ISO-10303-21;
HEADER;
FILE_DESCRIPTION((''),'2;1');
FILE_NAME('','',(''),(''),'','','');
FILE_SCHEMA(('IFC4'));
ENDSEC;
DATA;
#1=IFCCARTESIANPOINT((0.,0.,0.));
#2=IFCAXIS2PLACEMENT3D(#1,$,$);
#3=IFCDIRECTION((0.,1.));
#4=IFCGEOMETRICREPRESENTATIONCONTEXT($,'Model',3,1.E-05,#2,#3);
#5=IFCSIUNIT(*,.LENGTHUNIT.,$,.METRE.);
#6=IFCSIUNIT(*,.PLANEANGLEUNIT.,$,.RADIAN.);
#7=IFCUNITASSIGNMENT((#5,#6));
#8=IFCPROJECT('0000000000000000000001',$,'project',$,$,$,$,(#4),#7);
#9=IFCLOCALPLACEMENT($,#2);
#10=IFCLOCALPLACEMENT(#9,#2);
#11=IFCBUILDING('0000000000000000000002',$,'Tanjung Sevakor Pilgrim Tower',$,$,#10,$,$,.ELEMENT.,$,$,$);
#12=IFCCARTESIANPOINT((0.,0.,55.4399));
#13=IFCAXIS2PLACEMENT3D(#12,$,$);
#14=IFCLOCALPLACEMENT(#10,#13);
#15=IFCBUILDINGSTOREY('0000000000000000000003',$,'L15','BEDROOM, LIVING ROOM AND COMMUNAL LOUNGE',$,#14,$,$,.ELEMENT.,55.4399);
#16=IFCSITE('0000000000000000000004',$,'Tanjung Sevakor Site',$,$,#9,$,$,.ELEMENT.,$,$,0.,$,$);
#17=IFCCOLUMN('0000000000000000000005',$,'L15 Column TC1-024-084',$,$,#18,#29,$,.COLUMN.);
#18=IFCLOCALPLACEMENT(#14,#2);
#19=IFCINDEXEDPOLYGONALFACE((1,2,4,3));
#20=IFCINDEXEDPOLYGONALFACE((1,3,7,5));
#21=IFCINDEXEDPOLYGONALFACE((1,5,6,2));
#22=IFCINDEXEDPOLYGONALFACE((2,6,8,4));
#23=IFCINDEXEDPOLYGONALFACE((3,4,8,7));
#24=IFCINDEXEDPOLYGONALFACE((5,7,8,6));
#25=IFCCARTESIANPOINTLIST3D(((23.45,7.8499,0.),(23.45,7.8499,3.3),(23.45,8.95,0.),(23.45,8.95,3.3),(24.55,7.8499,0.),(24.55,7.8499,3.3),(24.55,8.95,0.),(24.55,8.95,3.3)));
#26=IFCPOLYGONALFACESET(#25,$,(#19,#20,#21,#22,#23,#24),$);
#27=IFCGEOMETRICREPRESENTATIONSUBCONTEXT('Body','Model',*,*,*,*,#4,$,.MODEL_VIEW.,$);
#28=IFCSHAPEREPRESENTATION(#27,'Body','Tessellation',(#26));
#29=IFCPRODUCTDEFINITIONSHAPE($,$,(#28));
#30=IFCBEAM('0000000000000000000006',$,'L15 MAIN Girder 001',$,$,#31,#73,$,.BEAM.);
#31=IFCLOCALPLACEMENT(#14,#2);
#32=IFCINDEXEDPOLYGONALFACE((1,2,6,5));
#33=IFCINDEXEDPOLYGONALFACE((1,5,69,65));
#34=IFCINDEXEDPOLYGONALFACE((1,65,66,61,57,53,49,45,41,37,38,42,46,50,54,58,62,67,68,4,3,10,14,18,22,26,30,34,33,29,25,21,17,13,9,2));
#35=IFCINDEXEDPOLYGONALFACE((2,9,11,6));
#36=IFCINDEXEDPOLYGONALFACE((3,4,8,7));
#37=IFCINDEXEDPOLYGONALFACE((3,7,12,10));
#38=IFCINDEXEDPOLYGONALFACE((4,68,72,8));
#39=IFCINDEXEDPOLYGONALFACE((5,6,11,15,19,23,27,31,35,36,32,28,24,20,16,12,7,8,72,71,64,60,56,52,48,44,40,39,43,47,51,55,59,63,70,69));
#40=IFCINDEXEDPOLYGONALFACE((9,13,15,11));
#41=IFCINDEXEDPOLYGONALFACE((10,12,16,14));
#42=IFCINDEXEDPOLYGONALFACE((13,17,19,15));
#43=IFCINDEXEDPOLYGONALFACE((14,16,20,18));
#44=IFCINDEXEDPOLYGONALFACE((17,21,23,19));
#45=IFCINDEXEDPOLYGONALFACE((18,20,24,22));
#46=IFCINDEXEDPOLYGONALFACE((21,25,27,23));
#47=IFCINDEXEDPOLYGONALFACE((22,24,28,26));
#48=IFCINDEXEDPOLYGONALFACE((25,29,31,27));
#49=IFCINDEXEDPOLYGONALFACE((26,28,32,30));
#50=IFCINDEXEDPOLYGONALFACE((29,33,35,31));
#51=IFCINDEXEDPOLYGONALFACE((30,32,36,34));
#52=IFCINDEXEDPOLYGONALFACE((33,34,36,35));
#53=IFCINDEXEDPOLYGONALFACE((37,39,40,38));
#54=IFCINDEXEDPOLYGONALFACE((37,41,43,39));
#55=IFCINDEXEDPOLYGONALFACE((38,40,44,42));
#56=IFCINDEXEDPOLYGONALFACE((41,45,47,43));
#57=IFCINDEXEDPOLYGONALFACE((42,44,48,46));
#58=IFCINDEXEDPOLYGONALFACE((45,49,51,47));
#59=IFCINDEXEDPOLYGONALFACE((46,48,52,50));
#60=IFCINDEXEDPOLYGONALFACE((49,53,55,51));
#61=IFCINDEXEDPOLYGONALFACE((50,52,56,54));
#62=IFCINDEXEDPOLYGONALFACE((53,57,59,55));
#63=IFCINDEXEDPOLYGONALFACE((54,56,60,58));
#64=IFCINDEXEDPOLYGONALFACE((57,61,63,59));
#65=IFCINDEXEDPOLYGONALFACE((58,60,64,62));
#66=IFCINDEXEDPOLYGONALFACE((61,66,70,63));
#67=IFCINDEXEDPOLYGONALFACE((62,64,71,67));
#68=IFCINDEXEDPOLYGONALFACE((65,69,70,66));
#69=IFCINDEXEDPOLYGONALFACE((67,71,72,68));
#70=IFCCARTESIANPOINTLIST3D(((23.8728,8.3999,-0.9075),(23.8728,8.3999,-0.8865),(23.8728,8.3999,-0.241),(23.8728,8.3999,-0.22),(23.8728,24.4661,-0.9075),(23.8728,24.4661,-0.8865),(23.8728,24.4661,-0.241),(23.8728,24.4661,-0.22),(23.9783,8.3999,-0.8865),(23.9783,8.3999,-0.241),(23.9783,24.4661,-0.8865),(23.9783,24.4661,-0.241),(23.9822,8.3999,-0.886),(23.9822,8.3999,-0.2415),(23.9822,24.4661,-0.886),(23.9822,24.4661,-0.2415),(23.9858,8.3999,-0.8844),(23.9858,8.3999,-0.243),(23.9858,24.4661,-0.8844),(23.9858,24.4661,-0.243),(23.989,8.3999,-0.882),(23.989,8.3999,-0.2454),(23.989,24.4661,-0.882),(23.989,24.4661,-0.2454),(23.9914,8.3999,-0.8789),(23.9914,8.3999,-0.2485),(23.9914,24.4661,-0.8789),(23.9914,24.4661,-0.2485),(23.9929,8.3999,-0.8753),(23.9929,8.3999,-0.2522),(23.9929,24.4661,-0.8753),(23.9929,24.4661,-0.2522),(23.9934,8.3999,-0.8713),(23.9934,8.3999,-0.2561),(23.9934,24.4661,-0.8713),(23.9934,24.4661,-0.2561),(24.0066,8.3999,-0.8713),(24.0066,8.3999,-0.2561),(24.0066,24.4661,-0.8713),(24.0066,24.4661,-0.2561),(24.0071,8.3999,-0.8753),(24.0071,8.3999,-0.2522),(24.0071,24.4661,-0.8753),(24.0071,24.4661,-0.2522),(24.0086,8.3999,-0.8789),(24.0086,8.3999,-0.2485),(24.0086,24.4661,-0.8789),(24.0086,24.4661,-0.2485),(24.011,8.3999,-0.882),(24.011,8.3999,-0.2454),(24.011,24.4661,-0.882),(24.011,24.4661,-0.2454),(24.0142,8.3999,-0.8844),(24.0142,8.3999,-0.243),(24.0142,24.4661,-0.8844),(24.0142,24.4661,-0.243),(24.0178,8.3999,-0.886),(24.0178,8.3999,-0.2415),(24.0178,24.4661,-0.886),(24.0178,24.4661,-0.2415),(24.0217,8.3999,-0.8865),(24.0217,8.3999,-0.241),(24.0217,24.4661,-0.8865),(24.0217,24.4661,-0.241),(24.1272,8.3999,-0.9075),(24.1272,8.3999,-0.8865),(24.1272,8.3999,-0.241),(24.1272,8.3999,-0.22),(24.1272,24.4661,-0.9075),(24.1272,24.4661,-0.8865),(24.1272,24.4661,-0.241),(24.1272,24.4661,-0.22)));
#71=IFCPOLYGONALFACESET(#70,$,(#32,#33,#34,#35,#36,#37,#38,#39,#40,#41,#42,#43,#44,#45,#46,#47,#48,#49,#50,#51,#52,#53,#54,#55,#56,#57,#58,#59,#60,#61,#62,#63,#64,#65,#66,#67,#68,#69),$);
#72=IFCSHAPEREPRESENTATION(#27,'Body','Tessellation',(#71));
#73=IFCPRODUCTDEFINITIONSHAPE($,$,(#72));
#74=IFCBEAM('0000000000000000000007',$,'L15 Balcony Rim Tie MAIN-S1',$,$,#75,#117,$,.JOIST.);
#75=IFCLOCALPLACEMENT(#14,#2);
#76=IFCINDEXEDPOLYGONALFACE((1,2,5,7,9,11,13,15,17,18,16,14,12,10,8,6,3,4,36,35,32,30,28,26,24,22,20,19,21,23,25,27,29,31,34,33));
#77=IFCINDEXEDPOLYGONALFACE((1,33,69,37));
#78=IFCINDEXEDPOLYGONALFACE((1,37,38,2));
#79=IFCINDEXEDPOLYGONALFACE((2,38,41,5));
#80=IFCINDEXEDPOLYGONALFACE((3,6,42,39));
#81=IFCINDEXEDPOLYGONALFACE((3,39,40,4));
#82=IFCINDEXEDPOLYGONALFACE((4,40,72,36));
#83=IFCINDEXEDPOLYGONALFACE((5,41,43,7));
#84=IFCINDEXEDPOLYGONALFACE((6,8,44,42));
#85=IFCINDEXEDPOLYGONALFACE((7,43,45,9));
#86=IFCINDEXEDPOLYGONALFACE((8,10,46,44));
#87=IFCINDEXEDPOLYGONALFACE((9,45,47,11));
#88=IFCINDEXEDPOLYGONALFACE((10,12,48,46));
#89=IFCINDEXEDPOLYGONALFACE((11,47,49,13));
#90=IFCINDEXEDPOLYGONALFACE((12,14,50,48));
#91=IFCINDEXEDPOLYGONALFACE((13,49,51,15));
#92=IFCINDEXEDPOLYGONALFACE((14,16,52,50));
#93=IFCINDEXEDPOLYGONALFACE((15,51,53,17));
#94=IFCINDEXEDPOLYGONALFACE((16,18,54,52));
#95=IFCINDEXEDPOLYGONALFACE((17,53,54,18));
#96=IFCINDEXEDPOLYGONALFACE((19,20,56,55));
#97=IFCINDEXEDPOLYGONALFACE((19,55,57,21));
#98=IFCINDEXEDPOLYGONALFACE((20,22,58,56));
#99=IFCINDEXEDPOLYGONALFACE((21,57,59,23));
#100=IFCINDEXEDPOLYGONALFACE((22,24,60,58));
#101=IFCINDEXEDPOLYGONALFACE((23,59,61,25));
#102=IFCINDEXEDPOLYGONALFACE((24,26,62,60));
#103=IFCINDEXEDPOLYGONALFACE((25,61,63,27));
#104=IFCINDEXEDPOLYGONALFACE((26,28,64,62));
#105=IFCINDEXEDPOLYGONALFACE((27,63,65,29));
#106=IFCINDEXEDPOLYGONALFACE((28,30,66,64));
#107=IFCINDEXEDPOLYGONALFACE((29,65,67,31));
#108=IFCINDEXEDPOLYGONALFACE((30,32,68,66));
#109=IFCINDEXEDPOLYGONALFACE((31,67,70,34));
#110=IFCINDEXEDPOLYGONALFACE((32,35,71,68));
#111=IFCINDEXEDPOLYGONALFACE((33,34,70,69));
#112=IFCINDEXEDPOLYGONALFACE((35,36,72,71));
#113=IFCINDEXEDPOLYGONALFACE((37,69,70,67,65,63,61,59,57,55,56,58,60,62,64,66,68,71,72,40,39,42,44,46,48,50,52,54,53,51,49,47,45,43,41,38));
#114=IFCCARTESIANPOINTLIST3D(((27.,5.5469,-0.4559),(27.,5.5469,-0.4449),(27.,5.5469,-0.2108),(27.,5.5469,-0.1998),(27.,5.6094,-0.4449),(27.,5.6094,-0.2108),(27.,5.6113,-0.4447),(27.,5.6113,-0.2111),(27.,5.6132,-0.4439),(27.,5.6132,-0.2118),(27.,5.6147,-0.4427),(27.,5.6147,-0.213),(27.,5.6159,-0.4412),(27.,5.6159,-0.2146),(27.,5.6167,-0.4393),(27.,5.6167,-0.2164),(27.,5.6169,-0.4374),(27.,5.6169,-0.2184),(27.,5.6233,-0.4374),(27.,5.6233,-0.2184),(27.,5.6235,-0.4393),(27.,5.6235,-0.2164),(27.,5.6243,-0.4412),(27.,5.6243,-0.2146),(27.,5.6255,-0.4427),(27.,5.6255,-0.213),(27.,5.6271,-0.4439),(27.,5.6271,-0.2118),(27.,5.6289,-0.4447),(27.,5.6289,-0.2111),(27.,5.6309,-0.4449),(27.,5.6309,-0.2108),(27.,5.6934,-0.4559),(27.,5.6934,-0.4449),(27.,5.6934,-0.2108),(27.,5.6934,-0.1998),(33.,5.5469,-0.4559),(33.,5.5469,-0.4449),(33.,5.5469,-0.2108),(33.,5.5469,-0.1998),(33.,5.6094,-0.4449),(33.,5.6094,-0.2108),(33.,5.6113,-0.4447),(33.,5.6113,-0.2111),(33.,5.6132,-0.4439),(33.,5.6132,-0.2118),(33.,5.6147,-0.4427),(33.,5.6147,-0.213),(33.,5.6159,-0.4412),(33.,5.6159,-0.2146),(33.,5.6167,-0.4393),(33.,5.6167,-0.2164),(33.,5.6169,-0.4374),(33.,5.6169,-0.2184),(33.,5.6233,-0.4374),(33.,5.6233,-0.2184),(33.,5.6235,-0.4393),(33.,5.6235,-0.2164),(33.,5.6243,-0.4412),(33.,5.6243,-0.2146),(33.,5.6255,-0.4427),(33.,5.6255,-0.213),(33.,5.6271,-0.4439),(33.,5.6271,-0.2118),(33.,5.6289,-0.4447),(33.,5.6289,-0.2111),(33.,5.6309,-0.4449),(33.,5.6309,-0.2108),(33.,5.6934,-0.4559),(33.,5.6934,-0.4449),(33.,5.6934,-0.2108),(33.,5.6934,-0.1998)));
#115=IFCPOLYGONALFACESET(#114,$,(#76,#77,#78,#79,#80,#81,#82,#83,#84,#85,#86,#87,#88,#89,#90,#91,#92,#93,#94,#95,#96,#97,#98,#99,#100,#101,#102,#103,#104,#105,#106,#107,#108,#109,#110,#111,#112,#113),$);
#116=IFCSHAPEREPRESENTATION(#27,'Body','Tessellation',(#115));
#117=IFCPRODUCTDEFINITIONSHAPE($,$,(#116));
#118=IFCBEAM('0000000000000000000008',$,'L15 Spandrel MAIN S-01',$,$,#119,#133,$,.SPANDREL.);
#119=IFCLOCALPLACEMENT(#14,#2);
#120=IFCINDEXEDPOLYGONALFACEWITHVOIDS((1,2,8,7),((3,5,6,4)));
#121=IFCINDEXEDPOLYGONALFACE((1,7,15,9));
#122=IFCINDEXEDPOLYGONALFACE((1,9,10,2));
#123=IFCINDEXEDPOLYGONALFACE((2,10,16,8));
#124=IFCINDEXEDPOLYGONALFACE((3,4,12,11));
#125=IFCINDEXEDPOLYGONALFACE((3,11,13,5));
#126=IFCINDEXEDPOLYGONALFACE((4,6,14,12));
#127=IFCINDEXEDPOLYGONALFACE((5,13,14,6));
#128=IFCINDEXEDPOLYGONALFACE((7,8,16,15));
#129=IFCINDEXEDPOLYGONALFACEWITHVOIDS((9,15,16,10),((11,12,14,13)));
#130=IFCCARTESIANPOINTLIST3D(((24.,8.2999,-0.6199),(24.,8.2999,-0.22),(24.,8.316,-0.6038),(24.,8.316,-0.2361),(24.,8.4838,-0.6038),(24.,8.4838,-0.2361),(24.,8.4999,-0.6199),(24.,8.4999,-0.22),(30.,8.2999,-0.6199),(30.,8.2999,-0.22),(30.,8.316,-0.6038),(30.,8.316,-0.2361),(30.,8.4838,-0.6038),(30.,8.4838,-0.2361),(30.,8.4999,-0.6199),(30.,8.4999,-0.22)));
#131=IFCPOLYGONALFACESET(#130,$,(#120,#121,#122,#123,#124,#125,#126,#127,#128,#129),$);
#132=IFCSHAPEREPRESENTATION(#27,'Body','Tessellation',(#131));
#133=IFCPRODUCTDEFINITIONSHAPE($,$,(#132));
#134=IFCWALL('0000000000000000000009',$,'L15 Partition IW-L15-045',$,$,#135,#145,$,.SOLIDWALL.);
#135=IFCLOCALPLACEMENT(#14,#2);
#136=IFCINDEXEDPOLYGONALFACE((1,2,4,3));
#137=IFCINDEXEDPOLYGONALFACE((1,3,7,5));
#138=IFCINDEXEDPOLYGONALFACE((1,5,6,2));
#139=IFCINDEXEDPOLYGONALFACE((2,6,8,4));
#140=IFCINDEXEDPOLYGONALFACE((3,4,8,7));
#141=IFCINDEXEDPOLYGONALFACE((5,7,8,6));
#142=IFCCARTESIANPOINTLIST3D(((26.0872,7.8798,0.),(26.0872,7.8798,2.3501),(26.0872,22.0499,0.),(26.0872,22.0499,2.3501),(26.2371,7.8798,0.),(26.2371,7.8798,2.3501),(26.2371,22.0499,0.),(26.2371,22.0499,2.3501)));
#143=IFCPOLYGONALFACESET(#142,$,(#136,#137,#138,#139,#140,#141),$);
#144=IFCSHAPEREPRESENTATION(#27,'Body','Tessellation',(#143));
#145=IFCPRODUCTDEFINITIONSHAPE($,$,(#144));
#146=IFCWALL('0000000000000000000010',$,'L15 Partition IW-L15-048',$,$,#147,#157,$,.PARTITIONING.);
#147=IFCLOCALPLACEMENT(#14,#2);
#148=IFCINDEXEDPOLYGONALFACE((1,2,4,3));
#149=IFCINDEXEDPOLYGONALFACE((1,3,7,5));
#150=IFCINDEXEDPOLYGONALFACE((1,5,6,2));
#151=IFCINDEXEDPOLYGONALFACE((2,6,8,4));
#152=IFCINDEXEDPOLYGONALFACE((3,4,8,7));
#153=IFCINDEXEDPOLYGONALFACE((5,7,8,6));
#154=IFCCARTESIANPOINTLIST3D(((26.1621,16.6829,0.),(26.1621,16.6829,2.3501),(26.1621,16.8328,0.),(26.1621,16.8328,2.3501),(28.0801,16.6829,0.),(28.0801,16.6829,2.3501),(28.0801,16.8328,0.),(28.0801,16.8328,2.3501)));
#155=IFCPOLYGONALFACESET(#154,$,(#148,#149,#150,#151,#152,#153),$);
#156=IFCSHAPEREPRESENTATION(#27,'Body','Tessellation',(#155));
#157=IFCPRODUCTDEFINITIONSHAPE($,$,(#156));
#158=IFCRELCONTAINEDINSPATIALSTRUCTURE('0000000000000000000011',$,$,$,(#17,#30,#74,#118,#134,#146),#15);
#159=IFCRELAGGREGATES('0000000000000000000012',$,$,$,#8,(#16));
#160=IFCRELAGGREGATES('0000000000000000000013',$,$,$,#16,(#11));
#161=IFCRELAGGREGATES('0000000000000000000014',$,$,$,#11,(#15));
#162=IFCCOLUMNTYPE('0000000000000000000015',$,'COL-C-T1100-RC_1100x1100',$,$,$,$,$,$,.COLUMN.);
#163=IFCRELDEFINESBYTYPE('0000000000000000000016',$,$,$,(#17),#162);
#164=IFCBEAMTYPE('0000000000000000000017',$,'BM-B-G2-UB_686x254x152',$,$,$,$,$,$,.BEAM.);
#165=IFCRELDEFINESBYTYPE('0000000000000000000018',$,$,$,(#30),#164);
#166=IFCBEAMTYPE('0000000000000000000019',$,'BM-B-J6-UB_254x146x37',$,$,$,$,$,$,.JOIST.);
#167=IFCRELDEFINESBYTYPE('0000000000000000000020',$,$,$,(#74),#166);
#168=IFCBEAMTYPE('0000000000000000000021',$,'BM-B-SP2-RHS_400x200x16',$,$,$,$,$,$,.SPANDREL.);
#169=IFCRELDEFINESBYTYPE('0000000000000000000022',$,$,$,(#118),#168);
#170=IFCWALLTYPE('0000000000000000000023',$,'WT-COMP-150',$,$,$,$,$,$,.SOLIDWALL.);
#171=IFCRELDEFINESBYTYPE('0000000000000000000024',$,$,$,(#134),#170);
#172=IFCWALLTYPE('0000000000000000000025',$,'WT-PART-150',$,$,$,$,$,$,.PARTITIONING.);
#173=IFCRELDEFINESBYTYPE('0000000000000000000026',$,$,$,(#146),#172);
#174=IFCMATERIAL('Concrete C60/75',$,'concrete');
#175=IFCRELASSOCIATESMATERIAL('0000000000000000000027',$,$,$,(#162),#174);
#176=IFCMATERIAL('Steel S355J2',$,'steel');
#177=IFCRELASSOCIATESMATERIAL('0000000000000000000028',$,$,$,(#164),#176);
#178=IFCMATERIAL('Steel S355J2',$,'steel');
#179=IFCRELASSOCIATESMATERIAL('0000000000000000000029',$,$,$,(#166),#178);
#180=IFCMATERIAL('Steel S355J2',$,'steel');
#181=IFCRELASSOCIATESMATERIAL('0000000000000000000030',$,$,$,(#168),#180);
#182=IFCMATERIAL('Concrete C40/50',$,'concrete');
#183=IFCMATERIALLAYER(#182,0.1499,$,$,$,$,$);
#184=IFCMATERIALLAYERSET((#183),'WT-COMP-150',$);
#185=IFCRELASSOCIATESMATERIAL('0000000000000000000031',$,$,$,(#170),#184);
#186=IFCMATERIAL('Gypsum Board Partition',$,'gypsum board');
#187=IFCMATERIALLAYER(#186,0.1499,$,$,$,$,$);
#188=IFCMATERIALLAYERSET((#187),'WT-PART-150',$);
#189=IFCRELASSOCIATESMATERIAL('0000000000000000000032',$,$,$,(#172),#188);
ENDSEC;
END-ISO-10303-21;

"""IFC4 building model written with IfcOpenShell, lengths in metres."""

from ifc_helpers import new_model, si_unit, direction, frame, frame_2d, origin, origin_2d, place, context, subcontext, project, spatial, rectangle, hollow_rectangle, i_section, extrude, material, layer, layer_set, material_profile, profile_set, type_object, element, save


model = new_model("IFC4")

# Units and contexts
model_context = context("Model", 3, precision=1e-05, world=origin(), true_north=direction((0.0, 1.0)))
body_context = subcontext(model_context, "Body", "Model", "MODEL_VIEW")
ifc_project = project(units=[si_unit("LENGTHUNIT", "METRE"), si_unit("PLANEANGLEUNIT", "RADIAN")], contexts=[model_context])

# Site, building, storey
site_placement = place(None, origin())
site = spatial("IfcSite", under=ifc_project, at=site_placement, Name="Tanjung Sevakor Site", CompositionType="ELEMENT", RefElevation=0.0)
building_placement = place(site_placement, origin())
building = spatial("IfcBuilding", under=site, at=building_placement, Name="Tanjung Sevakor Pilgrim Tower", CompositionType="ELEMENT")
storey_placement = place(building_placement, frame((0.0, 0.0, 55.4399)))
storey = spatial("IfcBuildingStorey", under=building, at=storey_placement, Name="L15", Description="BEDROOM, LIVING ROOM AND COMMUNAL LOUNGE", CompositionType="ELEMENT", Elevation=55.4399)

# Column
ifc_material_1 = material(Name="Concrete C60/75", Category="concrete")
ifc_material_profile_1 = material_profile(ifc_material_1, rectangle(XDim=1.1001, YDim=1.1001, at=origin_2d()))
ifc_profile_set_1 = profile_set([ifc_material_profile_1], Name="Concrete C60/75")
column_type = type_object("IfcColumnType", Name="COL-C-T1100-RC_1100x1100", PredefinedType="COLUMN", material=ifc_profile_set_1)
column_placement = place(storey_placement, frame((24.0, 8.3999, 0.0), z_axis=(0.0, 0.0, 1.0), x_axis=(1.0, 0.0, 0.0)))
element("IfcColumn", 1, at=column_placement, inside=storey, type_object=column_type, Name="L15 Column TC1-024-084", PredefinedType="COLUMN", context=body_context, shape_type="SweptSolid", body=[
    extrude(rectangle(XDim=1.1001, YDim=1.1001, at=origin_2d()), origin(), (0.0, 0.0, 1.0), 3.3),
])

# Beams
ifc_material_2 = material(Name="Steel S355J2", Category="steel")
ifc_material_profile_2 = material_profile(ifc_material_2, i_section(OverallWidth=0.2544, OverallDepth=0.6875, WebThickness=0.0132, FlangeThickness=0.021, FilletRadius=0.0151, at=origin_2d()))
ifc_profile_set_2 = profile_set([ifc_material_profile_2], Name="Steel S355J2")
beam_type_1 = type_object("IfcBeamType", Name="BM-B-G2-UB_686x254x152", PredefinedType="BEAM", material=ifc_profile_set_2)
beam_1_placement = place(storey_placement, frame((24.0, 8.3999, -0.5637), z_axis=(0.0, 1.0, 0.0), x_axis=(-1.0, 0.0, 0.0)))
element("IfcBeam", 2, at=beam_1_placement, inside=storey, type_object=beam_type_1, Name="L15 MAIN Girder 001", PredefinedType="BEAM", context=body_context, shape_type="SweptSolid", body=[
    extrude(i_section(OverallWidth=0.2544, OverallDepth=0.6875, WebThickness=0.0132, FlangeThickness=0.021, FilletRadius=0.0151, at=origin_2d()), origin(), (0.0, 0.0, 1.0), 16.0662),
])
ifc_material_3 = material(Name="Steel S355J2", Category="steel")
ifc_material_profile_3 = material_profile(ifc_material_3, i_section(OverallWidth=0.1465, OverallDepth=0.2561, WebThickness=0.0063, FlangeThickness=0.011, FilletRadius=0.0076, at=origin_2d()))
ifc_profile_set_3 = profile_set([ifc_material_profile_3], Name="Steel S355J2")
beam_type_2 = type_object("IfcBeamType", Name="BM-B-J6-UB_254x146x37", PredefinedType="JOIST", material=ifc_profile_set_3)
beam_2_placement = place(storey_placement, frame((27.0, 5.6201, -0.3279), z_axis=(1.0, 0.0, 0.0), x_axis=(0.0, 1.0, 0.0)))
element("IfcBeam", 3, at=beam_2_placement, inside=storey, type_object=beam_type_2, Name="L15 Balcony Rim Tie MAIN-S1", PredefinedType="JOIST", context=body_context, shape_type="SweptSolid", body=[
    extrude(i_section(OverallWidth=0.1465, OverallDepth=0.2561, WebThickness=0.0063, FlangeThickness=0.011, FilletRadius=0.0076, at=origin_2d()), origin(), (0.0, 0.0, 1.0), 6.0),
])
ifc_material_4 = material(Name="Steel S355J2", Category="steel")
ifc_material_profile_4 = material_profile(ifc_material_4, hollow_rectangle(XDim=0.2, YDim=0.3999, WallThickness=0.0161, at=origin_2d()))
ifc_profile_set_4 = profile_set([ifc_material_profile_4], Name="Steel S355J2")
beam_type_3 = type_object("IfcBeamType", Name="BM-B-SP2-RHS_400x200x16", PredefinedType="SPANDREL", material=ifc_profile_set_4)
beam_3_placement = place(storey_placement, frame((24.0, 8.3999, -0.4199), z_axis=(1.0, 0.0, 0.0), x_axis=(0.0, 1.0, 0.0)))
element("IfcBeam", 4, at=beam_3_placement, inside=storey, type_object=beam_type_3, Name="L15 Spandrel MAIN S-01", PredefinedType="SPANDREL", context=body_context, shape_type="SweptSolid", body=[
    extrude(hollow_rectangle(XDim=0.2, YDim=0.3999, WallThickness=0.0161, at=origin_2d()), origin(), (0.0, 0.0, 1.0), 6.0),
])

# Walls
ifc_material_5 = material(Name="Concrete C40/50", Category="concrete")
ifc_layer_1 = layer(ifc_material_5, 0.1499)
ifc_layer_set_1 = layer_set([ifc_layer_1], Name="WT-COMP-150")
wall_type_1 = type_object("IfcWallType", Name="WT-COMP-150", PredefinedType="SOLIDWALL", material=ifc_layer_set_1)
wall_1_placement = place(storey_placement, frame((26.1621, 7.8799, 0.0), z_axis=(0.0, 0.0, 1.0), x_axis=(0.0, 1.0, 0.0)))
element("IfcWall", 5, at=wall_1_placement, inside=storey, type_object=wall_type_1, Name="L15 Partition IW-L15-045", PredefinedType="SOLIDWALL", context=body_context, shape_type="SweptSolid", body=[
    extrude(rectangle(XDim=14.1702, YDim=0.1499, at=frame_2d((7.085, 0.0))), origin(), (0.0, 0.0, 1.0), 2.3501),
])
ifc_material_6 = material(Name="Gypsum Board Partition", Category="gypsum board")
ifc_layer_2 = layer(ifc_material_6, 0.1499)
ifc_layer_set_2 = layer_set([ifc_layer_2], Name="WT-PART-150")
wall_type_2 = type_object("IfcWallType", Name="WT-PART-150", PredefinedType="PARTITIONING", material=ifc_layer_set_2)
wall_2_placement = place(storey_placement, frame((26.1621, 16.7578, 0.0), z_axis=(0.0, 0.0, 1.0), x_axis=(1.0, 0.0, 0.0)))
element("IfcWall", 6, at=wall_2_placement, inside=storey, type_object=wall_type_2, Name="L15 Partition IW-L15-048", PredefinedType="PARTITIONING", context=body_context, shape_type="SweptSolid", body=[
    extrude(rectangle(XDim=1.918, YDim=0.1499, at=frame_2d((0.959, 0.0))), origin(), (0.0, 0.0, 1.0), 2.3501),
])

save(model, "model.ifc")
